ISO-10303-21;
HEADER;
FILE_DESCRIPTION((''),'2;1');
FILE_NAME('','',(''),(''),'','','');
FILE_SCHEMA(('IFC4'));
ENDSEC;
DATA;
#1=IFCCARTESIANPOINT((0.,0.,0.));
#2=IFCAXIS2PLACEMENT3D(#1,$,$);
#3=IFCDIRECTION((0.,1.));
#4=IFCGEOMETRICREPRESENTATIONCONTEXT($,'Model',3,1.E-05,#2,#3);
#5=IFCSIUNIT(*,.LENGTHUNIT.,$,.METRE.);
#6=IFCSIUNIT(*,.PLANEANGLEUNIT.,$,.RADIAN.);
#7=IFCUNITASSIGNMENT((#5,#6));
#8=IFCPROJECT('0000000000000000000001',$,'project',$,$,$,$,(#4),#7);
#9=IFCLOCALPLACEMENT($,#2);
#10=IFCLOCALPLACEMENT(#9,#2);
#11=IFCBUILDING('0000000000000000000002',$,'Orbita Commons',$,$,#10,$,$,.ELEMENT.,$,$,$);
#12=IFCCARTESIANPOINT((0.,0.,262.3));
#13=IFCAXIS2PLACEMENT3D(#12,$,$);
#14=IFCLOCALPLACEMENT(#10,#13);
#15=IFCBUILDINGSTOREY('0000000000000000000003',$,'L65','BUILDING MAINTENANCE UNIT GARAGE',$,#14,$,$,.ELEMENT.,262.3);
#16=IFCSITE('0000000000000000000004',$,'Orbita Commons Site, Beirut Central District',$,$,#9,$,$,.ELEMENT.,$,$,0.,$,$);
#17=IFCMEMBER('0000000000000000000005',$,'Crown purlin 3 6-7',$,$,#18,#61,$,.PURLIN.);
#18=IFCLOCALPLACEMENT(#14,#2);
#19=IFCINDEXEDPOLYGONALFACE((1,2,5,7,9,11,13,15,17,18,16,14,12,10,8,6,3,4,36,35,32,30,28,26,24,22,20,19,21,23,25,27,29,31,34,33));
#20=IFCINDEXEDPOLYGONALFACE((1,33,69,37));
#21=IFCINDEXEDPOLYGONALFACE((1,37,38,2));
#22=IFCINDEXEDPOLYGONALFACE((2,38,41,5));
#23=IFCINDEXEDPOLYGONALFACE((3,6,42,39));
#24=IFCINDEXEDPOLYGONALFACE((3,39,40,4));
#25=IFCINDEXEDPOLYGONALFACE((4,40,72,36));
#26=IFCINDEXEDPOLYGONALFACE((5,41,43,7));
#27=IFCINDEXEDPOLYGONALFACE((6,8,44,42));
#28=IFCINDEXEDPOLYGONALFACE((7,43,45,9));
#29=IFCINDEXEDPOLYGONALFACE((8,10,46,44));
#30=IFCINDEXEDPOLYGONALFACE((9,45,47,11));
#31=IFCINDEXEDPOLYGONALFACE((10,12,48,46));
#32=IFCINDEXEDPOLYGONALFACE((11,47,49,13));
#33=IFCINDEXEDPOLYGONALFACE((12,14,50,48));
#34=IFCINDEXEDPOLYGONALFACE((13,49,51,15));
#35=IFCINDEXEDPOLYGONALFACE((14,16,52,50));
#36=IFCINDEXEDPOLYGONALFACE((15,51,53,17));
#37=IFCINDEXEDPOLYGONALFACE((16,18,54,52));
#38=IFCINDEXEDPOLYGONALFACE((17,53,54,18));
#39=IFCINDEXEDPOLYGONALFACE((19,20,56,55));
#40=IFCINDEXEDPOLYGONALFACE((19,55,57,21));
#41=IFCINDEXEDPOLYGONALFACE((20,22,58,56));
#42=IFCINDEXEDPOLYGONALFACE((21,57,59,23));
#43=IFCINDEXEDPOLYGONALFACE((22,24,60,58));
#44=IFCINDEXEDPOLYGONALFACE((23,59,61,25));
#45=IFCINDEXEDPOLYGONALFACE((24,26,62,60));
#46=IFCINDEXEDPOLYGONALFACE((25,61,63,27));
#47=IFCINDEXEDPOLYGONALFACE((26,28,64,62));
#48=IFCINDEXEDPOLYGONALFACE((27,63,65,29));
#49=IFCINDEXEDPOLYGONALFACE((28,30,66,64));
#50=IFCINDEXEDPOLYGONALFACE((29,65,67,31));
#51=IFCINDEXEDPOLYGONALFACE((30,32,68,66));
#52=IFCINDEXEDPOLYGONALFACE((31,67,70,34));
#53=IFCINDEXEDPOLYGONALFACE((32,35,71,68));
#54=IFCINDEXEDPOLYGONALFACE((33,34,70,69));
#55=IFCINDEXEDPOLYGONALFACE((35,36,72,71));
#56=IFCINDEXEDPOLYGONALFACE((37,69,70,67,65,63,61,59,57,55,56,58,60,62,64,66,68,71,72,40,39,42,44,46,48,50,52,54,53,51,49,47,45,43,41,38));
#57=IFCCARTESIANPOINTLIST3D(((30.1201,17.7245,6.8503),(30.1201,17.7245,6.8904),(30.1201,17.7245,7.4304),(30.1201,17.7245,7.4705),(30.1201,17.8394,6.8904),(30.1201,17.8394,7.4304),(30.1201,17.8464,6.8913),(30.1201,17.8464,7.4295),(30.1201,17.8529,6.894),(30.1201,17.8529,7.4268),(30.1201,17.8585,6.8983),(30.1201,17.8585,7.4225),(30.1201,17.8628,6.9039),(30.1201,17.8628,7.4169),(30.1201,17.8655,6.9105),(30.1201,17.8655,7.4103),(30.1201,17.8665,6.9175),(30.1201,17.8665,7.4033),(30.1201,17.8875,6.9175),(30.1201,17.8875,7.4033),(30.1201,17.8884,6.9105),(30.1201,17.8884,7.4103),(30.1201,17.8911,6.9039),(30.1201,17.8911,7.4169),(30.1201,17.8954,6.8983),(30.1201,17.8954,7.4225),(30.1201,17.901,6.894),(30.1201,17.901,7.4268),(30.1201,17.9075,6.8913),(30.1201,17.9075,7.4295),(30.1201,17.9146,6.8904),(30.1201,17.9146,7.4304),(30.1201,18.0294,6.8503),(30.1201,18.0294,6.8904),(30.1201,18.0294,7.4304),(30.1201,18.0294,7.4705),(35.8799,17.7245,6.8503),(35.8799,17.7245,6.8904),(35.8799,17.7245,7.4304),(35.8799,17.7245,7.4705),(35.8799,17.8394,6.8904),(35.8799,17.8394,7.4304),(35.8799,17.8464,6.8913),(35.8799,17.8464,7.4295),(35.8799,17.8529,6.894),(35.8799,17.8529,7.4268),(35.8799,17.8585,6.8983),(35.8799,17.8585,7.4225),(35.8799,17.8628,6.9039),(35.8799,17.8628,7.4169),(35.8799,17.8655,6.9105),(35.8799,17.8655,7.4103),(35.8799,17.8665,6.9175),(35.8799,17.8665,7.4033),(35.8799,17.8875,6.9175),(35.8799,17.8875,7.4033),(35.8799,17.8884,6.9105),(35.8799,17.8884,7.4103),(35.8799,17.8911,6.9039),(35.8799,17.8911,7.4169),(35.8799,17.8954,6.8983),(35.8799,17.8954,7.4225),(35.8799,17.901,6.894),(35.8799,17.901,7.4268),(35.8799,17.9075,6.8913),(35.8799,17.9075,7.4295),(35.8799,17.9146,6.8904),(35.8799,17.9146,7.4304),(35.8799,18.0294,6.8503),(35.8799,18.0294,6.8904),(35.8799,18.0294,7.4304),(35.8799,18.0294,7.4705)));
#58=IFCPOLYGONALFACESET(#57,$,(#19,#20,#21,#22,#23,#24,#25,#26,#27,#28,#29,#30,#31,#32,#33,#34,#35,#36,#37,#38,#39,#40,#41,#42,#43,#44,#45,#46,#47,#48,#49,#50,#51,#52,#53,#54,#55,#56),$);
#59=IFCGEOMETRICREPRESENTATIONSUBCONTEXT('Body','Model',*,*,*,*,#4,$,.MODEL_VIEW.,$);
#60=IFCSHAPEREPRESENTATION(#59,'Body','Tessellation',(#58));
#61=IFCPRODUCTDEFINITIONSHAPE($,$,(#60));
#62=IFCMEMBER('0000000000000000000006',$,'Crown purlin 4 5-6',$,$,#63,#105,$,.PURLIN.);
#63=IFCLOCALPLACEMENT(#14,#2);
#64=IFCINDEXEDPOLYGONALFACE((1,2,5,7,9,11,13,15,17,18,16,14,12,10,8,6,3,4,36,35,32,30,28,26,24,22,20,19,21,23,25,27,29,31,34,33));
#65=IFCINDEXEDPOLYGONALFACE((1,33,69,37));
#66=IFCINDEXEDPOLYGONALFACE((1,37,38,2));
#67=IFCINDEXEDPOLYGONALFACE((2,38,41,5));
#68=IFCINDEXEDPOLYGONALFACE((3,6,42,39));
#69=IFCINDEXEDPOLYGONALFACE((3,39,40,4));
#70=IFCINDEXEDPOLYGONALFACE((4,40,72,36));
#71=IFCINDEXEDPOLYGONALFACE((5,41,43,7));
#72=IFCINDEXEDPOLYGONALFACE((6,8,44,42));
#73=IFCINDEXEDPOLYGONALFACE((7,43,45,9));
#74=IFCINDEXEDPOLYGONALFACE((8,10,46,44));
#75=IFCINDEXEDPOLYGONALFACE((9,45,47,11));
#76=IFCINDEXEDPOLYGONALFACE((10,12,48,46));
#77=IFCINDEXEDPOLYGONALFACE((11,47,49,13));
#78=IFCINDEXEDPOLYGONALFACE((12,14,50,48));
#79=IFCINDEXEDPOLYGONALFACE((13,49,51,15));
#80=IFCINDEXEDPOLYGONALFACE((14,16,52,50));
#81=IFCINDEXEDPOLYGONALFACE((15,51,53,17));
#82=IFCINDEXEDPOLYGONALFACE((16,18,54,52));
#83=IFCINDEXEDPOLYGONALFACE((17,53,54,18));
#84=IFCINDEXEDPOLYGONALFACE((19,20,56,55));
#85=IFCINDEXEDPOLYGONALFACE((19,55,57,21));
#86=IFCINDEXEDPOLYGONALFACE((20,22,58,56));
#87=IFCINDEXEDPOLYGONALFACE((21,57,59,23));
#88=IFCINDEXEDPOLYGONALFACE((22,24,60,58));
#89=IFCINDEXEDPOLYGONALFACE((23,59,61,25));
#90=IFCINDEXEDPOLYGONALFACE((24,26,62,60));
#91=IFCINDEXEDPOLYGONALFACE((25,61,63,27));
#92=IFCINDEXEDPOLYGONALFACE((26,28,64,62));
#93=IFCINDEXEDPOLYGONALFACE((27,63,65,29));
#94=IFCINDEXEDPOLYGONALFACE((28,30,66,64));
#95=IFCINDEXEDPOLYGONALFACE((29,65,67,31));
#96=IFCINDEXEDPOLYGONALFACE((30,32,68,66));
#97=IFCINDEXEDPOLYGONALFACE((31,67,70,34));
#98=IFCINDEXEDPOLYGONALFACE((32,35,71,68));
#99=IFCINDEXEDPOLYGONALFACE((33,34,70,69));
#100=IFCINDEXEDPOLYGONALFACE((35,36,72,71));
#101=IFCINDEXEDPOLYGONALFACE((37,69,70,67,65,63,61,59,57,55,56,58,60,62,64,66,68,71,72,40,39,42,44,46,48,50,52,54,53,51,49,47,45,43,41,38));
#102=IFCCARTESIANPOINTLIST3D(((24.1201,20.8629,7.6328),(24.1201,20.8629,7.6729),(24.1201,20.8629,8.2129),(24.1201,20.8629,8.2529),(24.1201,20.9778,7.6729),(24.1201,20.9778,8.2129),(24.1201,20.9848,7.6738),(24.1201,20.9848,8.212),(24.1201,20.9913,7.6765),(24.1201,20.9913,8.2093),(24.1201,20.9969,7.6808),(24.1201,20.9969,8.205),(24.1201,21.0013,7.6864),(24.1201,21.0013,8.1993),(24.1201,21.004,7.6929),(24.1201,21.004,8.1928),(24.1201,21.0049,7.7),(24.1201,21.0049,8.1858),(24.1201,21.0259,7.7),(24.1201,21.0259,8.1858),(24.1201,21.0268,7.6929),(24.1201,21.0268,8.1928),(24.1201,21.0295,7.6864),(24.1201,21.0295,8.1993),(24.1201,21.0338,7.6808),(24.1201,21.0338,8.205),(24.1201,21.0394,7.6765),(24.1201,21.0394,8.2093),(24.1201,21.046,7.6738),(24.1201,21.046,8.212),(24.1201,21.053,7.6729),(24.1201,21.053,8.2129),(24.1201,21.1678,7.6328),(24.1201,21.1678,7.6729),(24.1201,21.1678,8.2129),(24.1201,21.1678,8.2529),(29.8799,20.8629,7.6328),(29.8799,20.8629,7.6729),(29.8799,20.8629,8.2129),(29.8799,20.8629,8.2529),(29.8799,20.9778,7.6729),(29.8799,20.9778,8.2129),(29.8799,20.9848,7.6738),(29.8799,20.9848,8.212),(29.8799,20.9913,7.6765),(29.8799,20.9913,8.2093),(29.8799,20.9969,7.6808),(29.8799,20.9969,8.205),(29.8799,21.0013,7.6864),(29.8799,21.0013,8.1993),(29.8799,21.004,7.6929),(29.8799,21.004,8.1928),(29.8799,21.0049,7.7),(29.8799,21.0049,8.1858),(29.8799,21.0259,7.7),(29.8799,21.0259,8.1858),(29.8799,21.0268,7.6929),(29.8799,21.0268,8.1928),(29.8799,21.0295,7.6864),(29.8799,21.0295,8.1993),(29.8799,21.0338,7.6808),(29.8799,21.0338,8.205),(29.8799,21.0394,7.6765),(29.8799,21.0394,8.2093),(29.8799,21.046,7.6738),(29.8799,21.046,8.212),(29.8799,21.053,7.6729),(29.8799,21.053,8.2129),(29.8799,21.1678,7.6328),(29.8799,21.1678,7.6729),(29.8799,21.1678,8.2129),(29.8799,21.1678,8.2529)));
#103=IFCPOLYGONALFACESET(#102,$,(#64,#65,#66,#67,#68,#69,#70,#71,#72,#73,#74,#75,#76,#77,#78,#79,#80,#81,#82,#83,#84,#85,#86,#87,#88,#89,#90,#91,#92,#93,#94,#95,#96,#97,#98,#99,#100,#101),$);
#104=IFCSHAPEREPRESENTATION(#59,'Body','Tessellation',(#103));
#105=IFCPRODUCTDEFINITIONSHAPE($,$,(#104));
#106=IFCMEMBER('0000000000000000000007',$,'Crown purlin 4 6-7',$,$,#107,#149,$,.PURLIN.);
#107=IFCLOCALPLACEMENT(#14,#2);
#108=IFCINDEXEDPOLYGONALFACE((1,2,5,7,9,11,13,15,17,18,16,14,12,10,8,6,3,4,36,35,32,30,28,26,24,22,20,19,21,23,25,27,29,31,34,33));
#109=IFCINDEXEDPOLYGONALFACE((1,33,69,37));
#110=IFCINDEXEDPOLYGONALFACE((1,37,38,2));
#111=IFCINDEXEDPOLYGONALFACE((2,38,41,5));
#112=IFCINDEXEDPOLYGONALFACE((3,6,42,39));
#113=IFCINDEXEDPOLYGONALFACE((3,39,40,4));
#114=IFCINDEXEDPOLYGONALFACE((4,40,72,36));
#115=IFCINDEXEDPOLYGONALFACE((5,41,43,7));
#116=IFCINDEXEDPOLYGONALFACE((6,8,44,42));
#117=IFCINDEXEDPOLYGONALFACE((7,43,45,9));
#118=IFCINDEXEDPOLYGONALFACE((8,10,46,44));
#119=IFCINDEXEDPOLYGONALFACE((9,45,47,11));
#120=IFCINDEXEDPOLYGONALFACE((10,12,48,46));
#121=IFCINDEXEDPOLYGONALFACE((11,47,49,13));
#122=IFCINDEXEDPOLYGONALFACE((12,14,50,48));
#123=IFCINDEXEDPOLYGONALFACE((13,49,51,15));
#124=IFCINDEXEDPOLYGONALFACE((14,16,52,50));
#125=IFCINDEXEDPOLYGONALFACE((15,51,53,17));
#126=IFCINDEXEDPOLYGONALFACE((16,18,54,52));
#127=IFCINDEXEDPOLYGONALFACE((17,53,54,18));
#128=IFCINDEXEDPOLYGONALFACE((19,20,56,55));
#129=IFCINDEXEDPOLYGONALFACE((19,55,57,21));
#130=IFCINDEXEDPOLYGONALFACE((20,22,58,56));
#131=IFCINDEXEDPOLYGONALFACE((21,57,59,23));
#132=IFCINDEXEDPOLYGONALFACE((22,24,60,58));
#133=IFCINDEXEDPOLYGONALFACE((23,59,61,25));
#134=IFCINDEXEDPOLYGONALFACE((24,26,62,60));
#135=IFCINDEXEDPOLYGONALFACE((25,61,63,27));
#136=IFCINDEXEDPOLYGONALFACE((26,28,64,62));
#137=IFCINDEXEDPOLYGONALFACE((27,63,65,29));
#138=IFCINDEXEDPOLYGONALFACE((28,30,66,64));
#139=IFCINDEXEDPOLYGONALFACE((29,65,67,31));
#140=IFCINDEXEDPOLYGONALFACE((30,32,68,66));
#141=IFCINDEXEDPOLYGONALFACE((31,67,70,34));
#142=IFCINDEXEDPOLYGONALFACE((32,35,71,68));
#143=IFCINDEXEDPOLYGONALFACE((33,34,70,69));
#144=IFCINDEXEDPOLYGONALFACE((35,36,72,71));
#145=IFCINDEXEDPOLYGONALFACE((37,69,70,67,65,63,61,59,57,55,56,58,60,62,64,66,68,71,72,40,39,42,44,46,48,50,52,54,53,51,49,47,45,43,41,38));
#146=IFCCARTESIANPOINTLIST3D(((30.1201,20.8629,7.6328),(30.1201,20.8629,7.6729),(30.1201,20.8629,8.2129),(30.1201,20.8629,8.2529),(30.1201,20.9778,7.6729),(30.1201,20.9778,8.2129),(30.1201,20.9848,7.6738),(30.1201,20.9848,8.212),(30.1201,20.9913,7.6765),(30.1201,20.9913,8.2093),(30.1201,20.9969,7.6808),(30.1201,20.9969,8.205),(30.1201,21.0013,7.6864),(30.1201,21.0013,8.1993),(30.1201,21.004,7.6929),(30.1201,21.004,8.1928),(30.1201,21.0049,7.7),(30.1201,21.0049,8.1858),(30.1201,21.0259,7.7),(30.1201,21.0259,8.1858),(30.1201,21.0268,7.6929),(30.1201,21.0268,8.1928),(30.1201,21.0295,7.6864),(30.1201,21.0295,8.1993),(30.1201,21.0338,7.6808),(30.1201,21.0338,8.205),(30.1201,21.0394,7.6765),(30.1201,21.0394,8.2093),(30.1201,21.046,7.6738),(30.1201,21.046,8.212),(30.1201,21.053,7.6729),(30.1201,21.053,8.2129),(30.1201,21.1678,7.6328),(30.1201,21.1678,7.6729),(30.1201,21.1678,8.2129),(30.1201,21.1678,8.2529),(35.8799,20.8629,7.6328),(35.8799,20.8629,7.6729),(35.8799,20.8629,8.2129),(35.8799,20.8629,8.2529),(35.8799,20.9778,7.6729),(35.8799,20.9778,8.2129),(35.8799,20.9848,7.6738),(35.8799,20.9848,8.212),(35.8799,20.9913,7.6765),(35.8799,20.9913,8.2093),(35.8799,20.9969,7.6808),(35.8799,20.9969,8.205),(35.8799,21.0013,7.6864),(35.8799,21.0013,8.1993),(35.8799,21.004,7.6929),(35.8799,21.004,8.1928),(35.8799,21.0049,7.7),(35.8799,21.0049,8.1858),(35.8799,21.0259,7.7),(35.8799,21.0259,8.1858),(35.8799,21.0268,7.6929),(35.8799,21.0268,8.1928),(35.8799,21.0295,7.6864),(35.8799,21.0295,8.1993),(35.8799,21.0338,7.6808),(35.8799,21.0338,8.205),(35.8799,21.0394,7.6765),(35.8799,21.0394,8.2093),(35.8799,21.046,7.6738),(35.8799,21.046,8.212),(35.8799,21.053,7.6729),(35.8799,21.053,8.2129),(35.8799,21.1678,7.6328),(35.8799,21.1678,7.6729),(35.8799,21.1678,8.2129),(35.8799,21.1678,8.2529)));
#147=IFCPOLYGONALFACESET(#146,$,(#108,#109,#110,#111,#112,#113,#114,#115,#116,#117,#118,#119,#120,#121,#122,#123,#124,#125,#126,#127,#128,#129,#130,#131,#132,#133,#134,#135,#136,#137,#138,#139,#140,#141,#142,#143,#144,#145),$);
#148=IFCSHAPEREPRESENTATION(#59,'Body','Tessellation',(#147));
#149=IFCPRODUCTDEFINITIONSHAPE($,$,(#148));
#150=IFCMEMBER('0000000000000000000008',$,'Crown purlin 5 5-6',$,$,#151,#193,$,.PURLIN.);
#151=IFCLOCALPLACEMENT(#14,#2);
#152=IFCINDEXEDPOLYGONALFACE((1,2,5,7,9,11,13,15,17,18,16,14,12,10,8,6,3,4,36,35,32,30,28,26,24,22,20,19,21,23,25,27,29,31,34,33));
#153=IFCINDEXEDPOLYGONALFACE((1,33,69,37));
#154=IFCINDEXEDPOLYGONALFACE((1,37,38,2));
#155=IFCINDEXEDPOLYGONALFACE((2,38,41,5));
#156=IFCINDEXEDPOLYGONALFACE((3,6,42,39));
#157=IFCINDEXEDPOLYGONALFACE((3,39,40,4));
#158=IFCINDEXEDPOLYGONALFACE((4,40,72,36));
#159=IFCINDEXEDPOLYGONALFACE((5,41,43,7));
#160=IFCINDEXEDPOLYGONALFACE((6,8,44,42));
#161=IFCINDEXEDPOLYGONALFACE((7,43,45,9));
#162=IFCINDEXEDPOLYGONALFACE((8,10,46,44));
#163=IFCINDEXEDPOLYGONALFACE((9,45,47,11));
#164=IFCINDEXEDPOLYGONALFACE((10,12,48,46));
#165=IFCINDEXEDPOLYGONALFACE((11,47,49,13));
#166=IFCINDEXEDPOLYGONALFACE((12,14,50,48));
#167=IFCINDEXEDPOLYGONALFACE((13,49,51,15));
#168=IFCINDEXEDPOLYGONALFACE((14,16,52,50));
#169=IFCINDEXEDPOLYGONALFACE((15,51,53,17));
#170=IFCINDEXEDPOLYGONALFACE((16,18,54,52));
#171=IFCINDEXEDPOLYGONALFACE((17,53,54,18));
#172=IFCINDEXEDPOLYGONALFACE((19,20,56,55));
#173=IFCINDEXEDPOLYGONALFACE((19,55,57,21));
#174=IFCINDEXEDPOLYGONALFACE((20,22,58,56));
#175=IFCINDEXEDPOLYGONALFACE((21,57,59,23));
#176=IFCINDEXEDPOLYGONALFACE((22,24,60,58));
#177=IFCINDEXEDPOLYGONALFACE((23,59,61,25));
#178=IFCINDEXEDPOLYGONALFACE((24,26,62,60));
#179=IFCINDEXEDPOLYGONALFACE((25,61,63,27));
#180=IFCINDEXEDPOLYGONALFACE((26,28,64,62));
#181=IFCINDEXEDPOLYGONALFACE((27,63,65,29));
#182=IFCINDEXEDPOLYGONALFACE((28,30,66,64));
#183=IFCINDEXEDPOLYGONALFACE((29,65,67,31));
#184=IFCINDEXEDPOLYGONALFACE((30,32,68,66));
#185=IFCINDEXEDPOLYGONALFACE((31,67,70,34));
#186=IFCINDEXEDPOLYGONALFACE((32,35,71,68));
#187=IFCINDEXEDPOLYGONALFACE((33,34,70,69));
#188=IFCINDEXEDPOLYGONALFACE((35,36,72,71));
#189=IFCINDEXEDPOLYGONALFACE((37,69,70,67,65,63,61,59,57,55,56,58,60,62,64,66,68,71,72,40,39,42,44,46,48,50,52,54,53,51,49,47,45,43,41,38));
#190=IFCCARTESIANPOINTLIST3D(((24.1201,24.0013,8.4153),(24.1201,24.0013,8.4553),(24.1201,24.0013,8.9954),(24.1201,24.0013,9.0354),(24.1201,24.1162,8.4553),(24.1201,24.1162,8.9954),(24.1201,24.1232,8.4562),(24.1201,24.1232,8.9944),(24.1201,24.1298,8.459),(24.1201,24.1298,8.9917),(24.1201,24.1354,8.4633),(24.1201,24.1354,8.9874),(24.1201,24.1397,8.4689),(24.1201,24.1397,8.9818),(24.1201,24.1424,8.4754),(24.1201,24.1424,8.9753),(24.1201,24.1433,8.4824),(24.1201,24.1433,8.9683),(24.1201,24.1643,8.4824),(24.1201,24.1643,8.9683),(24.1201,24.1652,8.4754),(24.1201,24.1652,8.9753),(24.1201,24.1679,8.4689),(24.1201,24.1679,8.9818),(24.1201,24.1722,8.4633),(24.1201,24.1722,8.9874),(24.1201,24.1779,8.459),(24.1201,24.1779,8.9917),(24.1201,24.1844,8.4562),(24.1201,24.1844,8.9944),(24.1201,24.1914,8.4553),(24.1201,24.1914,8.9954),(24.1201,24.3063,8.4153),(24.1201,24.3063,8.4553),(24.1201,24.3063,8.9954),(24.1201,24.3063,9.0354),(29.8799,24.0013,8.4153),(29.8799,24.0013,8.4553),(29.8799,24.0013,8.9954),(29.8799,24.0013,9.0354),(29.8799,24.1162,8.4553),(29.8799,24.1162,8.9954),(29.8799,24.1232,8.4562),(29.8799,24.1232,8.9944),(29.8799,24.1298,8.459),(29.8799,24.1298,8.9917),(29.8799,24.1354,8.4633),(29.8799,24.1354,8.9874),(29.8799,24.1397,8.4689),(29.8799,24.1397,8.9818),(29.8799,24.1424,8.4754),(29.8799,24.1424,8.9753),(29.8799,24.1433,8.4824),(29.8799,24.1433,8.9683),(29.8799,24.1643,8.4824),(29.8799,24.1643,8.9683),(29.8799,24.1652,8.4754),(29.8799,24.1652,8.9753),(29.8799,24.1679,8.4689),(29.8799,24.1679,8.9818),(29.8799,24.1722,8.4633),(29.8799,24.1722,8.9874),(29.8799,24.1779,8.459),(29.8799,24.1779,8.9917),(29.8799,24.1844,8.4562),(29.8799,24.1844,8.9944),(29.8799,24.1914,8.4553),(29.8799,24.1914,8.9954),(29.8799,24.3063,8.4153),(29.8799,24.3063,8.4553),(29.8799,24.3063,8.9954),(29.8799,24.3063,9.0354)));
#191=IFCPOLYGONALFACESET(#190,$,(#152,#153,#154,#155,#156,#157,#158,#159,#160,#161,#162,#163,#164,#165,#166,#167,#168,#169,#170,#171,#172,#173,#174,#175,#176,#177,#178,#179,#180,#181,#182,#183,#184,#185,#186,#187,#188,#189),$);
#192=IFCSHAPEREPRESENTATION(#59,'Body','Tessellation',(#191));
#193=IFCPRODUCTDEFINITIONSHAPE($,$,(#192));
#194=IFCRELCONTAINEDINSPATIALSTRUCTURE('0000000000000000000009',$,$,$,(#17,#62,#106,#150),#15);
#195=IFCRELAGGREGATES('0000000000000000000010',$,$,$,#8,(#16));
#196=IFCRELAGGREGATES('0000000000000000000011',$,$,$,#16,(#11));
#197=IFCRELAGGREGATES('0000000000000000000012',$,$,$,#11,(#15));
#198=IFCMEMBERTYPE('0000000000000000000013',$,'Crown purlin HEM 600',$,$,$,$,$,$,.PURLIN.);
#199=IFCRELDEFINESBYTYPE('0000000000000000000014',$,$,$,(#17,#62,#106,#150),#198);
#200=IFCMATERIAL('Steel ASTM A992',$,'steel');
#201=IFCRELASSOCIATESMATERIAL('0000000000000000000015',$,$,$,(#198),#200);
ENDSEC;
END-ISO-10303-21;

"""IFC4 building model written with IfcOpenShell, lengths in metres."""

from ifc_helpers import new_model, si_unit, direction, frame, origin, origin_2d, place, context, subcontext, project, spatial, i_section, extrude, material, material_profile, profile_set, type_object, element, save


model = new_model("IFC4")

# Units and contexts
model_context = context("Model", 3, precision=1e-05, world=origin(), true_north=direction((0.0, 1.0)))
body_context = subcontext(model_context, "Body", "Model", "MODEL_VIEW")
ifc_project = project(units=[si_unit("LENGTHUNIT", "METRE"), si_unit("PLANEANGLEUNIT", "RADIAN")], contexts=[model_context])

# Site, building, storey
site_placement = place(None, origin())
site = spatial("IfcSite", under=ifc_project, at=site_placement, Name="Orbita Commons Site, Beirut Central District", CompositionType="ELEMENT", RefElevation=0.0)
building_placement = place(site_placement, origin())
building = spatial("IfcBuilding", under=site, at=building_placement, Name="Orbita Commons", CompositionType="ELEMENT")
storey_placement = place(building_placement, frame((0.0, 0.0, 262.3)))
storey = spatial("IfcBuildingStorey", under=building, at=storey_placement, Name="L65", Description="BUILDING MAINTENANCE UNIT GARAGE", CompositionType="ELEMENT", Elevation=262.3)

# Members
ifc_material_1 = material(Name="Steel ASTM A992", Category="steel")
ifc_material_profile_1 = material_profile(ifc_material_1, i_section(OverallWidth=0.3049, OverallDepth=0.6201, WebThickness=0.021, FlangeThickness=0.04, FilletRadius=0.0271, at=origin_2d()), Name="HEM 600")
ifc_profile_set_1 = profile_set([ifc_material_profile_1], Name="Steel ASTM A992")
member_type_1 = type_object("IfcMemberType", Name="Crown purlin HEM 600", PredefinedType="PURLIN", material=ifc_profile_set_1)
for number, where, z_axis, x_axis, name in (
    (1, (30.1201, 17.877, 7.1604), (1.0, 0.0, 0.0), (0.0, 1.0, 0.0), "Crown purlin 3 6-7"),
    (2, (24.1201, 21.0154, 7.9429), (1.0, 0.0, 0.0), (0.0, 1.0, 0.0), "Crown purlin 4 5-6"),
    (3, (30.1201, 21.0154, 7.9429), (1.0, 0.0, 0.0), (0.0, 1.0, 0.0), "Crown purlin 4 6-7"),
    (4, (24.1201, 24.1538, 8.7253), (1.0, 0.0, 0.0), (0.0, 1.0, 0.0), "Crown purlin 5 5-6"),
):
    element("IfcMember", number, at=place(storey_placement, frame(where, z_axis=z_axis, x_axis=x_axis)), inside=storey, type_object=member_type_1, Name=name, PredefinedType="PURLIN", context=body_context, shape_type="SweptSolid", body=[
        extrude(i_section(OverallWidth=0.3049, OverallDepth=0.6201, WebThickness=0.021, FlangeThickness=0.04, FilletRadius=0.0271, at=origin_2d()), origin(), (0.0, 0.0, 1.0), 5.7598),
    ])

save(model, "model.ifc")
